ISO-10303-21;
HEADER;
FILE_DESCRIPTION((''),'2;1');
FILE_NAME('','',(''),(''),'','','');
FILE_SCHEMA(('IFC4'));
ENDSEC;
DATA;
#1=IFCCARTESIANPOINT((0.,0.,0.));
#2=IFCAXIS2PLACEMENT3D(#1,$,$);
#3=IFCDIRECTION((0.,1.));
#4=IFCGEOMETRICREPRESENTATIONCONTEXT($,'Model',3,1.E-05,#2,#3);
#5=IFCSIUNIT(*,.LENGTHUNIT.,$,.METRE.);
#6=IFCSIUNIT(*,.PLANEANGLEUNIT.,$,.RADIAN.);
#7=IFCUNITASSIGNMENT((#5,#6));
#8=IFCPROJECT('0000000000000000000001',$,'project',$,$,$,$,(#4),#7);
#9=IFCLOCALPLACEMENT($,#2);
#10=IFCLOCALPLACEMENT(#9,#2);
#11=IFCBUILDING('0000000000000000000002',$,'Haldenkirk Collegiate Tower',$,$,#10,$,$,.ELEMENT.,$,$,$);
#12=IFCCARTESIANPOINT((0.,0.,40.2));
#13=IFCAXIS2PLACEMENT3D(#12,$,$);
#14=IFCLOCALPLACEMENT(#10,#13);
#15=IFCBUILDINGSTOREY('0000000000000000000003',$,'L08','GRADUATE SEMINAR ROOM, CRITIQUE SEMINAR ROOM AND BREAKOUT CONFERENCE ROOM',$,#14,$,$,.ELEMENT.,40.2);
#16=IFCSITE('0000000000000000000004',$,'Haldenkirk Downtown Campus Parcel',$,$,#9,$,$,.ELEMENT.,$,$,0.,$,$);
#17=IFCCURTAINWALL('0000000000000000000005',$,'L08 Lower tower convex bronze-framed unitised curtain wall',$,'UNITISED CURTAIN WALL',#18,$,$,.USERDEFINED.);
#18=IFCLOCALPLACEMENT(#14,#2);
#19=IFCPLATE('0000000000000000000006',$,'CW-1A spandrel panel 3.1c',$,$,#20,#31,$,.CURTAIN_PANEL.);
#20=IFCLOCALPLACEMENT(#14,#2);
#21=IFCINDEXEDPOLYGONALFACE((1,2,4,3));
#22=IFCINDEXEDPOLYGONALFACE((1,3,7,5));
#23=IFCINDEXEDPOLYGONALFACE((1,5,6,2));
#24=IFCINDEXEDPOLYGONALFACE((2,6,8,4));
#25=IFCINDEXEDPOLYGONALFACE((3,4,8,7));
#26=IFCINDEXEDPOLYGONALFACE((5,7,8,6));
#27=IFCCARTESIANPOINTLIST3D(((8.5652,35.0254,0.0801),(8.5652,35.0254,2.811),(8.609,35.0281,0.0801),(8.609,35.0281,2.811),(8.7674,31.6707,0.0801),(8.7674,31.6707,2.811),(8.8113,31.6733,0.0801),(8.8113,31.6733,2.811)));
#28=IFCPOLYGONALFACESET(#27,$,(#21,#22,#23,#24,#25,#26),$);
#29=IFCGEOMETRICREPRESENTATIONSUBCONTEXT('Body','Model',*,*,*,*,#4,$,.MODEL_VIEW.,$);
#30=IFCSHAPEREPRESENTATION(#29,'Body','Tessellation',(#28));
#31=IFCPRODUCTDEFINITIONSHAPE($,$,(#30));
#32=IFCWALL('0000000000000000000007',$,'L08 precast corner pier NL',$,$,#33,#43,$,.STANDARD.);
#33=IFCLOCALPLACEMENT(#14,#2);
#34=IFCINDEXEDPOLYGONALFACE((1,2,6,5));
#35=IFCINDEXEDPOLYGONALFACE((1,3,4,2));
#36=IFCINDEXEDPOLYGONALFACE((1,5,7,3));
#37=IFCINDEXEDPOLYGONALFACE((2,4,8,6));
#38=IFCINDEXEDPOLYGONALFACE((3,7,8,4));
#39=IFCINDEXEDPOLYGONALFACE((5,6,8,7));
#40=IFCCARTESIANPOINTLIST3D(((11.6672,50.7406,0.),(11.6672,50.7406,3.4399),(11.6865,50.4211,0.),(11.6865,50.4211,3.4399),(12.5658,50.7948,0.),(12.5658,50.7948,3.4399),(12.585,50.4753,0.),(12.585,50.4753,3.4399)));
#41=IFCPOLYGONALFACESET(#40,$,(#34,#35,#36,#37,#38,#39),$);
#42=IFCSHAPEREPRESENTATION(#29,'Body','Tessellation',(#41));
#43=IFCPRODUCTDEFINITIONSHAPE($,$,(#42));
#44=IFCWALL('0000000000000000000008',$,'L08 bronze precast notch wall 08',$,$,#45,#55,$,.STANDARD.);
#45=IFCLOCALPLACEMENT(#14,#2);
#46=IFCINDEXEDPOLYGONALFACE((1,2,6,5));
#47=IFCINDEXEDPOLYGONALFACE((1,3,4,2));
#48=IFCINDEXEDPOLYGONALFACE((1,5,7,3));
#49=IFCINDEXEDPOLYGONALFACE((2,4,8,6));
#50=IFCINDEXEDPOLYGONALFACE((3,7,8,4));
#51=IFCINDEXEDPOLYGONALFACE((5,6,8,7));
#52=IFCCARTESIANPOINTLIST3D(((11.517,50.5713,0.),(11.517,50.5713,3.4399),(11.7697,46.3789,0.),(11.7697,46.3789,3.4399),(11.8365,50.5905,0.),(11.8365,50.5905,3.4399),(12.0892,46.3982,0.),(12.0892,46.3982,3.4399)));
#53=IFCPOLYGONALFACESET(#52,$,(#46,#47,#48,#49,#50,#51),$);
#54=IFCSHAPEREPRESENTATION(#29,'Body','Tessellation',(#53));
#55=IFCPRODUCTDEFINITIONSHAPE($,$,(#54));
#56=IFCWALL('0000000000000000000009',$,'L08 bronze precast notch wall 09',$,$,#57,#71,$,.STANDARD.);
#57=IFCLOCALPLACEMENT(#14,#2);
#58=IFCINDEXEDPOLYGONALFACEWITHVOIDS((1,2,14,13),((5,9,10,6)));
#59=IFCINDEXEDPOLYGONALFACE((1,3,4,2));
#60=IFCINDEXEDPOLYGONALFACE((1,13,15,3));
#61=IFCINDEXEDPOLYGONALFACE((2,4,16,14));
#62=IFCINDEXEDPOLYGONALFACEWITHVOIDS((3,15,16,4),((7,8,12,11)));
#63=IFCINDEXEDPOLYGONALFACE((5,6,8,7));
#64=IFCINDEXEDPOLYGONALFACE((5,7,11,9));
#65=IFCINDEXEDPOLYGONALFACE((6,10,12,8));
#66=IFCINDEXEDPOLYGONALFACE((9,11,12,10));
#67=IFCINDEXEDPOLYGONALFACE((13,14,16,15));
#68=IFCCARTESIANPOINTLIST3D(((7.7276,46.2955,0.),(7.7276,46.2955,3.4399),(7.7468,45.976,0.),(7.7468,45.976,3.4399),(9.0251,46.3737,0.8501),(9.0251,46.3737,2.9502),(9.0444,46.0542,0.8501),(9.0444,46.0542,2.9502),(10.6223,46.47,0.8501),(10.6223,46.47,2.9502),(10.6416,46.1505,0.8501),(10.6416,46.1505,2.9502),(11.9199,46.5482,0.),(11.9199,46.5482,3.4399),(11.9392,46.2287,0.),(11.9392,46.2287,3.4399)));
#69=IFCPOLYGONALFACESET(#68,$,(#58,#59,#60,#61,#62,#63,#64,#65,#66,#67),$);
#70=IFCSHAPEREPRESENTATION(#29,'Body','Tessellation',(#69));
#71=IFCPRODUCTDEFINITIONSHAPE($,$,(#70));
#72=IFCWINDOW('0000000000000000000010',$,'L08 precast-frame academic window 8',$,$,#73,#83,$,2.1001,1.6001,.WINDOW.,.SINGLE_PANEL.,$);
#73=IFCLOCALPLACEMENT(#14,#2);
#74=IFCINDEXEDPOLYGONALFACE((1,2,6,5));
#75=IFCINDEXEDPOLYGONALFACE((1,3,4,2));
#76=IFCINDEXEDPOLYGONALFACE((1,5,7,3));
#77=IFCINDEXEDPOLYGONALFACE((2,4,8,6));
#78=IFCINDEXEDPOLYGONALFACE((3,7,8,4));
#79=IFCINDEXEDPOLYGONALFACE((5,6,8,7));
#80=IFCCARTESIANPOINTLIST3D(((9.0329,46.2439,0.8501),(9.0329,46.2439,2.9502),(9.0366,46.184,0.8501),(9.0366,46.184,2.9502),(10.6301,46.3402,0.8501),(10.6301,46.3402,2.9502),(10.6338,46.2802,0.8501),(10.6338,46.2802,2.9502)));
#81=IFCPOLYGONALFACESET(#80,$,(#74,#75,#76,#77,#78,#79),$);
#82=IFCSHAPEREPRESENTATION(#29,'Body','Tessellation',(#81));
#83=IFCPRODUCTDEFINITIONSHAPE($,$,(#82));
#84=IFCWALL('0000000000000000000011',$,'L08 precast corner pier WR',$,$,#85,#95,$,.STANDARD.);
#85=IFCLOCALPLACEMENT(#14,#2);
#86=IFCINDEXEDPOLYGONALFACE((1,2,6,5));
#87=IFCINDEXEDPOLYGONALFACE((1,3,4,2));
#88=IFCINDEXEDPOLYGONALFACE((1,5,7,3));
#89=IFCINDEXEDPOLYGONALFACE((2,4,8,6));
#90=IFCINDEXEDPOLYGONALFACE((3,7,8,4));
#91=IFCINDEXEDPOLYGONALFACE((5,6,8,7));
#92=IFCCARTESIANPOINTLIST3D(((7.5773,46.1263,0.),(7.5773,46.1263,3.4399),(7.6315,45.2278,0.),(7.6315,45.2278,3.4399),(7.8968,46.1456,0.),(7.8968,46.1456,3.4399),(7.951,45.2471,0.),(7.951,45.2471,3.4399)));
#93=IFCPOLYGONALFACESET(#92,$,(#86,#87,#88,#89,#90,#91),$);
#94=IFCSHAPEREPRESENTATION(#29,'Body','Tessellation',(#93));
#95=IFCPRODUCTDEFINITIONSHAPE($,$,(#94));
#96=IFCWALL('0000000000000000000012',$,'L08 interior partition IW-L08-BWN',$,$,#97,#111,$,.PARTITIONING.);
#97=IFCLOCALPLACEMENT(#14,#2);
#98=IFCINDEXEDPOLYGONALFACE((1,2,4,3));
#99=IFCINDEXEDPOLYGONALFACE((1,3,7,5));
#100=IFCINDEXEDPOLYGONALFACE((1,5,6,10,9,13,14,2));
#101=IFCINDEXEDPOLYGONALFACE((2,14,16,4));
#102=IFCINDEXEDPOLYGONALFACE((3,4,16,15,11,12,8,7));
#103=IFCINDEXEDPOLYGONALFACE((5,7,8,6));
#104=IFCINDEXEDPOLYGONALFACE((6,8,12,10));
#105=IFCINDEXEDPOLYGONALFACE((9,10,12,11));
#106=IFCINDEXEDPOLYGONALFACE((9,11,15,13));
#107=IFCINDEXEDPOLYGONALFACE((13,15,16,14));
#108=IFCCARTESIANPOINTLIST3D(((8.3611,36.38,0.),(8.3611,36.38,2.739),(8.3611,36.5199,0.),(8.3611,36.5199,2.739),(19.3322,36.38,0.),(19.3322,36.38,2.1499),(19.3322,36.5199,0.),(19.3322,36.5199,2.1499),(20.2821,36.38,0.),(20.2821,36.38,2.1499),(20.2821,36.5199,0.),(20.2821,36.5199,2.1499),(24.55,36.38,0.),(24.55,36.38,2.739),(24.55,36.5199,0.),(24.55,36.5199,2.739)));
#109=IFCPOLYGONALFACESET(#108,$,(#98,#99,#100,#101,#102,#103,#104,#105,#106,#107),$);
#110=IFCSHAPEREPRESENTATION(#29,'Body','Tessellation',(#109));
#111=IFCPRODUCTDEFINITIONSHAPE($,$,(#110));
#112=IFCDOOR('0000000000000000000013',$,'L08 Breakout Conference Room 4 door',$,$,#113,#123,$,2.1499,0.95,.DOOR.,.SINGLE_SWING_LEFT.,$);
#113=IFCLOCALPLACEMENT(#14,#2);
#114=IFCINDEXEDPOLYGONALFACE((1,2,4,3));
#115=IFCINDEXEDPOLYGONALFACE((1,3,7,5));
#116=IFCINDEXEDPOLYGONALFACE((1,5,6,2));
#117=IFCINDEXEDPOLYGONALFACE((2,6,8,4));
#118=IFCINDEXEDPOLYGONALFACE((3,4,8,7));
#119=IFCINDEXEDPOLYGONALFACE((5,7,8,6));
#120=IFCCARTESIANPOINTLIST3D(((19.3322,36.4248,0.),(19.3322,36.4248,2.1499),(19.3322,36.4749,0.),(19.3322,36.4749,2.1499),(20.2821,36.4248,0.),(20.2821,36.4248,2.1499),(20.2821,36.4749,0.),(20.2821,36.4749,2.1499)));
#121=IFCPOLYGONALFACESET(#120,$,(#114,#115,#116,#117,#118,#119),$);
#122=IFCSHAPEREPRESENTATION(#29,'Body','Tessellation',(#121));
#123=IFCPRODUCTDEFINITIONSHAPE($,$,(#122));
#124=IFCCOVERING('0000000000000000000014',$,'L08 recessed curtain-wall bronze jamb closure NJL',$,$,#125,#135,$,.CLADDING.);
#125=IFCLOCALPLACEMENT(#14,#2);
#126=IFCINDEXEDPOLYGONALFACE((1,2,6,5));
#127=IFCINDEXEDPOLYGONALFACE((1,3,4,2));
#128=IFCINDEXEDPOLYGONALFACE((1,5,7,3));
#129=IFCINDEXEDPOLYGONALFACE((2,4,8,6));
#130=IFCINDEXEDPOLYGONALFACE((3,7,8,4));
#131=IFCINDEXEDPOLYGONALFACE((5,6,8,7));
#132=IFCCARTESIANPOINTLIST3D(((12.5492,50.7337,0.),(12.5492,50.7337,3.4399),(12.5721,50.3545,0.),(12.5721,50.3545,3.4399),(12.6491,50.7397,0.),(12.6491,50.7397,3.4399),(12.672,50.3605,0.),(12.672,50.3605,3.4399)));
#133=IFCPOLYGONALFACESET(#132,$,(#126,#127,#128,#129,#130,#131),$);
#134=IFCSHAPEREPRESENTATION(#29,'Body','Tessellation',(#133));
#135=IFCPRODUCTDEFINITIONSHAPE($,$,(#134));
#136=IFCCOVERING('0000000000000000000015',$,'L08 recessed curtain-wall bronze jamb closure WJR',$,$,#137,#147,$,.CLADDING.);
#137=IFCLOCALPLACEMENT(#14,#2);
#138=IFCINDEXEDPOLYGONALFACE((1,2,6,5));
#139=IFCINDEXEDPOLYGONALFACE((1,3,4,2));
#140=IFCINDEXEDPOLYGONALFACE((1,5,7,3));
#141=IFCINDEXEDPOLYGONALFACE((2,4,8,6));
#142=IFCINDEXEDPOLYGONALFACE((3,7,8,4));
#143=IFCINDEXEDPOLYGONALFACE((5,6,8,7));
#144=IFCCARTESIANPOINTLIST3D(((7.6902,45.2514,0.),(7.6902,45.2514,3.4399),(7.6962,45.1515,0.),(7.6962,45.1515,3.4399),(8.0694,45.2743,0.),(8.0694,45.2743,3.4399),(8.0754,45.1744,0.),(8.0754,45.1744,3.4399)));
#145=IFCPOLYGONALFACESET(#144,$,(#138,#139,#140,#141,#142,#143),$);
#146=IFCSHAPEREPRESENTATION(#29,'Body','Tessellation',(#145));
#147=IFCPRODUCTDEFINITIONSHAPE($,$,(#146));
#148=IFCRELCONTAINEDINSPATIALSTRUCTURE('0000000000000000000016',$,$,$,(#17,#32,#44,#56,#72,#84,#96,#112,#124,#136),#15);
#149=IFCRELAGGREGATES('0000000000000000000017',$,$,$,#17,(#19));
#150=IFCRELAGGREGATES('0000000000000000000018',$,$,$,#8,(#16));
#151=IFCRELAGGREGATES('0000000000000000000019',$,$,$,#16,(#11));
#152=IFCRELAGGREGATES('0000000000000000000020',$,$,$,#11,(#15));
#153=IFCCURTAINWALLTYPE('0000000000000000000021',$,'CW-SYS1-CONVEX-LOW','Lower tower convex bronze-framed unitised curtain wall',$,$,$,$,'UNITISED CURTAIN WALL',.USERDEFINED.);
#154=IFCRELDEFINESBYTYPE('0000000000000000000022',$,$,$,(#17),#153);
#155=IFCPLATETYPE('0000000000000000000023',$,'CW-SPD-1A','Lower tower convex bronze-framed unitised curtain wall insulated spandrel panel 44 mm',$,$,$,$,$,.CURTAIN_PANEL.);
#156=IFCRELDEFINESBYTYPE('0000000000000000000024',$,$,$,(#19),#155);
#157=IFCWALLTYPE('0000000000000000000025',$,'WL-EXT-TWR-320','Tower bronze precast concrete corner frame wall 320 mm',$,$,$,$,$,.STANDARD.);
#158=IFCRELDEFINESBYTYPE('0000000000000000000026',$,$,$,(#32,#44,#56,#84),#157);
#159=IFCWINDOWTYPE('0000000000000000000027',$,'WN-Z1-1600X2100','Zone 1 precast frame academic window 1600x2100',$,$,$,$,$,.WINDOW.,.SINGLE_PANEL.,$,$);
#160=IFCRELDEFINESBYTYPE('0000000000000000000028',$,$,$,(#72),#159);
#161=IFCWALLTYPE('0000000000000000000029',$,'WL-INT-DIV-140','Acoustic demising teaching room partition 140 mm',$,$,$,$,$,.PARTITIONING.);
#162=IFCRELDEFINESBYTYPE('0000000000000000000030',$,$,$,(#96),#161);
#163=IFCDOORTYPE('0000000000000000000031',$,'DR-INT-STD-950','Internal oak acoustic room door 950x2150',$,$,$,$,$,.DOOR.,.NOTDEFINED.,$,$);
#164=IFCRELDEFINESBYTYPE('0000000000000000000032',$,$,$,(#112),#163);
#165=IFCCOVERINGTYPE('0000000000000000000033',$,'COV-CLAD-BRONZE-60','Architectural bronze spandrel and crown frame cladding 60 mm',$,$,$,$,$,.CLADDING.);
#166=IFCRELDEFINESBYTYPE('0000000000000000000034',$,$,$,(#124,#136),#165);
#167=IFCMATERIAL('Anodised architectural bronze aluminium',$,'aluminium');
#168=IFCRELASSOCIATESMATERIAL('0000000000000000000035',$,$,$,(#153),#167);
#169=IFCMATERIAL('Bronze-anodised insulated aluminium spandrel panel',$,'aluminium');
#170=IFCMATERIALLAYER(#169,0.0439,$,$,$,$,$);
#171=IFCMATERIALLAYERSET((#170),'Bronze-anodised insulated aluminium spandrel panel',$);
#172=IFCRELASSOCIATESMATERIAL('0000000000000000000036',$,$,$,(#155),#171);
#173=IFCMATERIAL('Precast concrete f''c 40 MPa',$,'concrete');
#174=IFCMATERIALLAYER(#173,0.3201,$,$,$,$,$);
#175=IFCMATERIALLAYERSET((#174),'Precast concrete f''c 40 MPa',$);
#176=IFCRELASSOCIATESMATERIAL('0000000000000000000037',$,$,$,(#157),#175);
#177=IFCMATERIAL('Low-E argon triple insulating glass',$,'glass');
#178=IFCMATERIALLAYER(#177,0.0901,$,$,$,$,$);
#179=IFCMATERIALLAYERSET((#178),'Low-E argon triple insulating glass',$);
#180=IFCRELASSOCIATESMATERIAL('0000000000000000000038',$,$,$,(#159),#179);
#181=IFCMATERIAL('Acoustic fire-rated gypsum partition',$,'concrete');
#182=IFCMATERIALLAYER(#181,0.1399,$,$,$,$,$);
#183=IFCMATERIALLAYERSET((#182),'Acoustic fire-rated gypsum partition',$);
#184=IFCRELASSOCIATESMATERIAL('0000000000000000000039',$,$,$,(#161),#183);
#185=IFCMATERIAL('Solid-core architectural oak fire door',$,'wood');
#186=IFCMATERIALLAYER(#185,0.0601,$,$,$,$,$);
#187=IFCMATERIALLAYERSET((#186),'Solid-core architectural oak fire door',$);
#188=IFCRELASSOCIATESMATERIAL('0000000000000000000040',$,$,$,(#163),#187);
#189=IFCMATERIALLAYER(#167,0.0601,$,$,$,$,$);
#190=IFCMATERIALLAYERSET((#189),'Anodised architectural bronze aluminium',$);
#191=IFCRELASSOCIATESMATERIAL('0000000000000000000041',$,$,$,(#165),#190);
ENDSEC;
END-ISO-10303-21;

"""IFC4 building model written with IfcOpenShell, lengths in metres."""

from ifc_helpers import new_model, si_unit, direction, frame, frame_2d, origin, origin_2d, place, context, subcontext, project, spatial, rectangle, extrude, source, transform, mapped, material, layer, layer_set, type_object, element, fill, aggregate, save


model = new_model("IFC4")

# Units and contexts
model_context = context("Model", 3, precision=1e-05, world=origin(), true_north=direction((0.0, 1.0)))
body_context = subcontext(model_context, "Body", "Model", "MODEL_VIEW")
ifc_project = project(units=[si_unit("LENGTHUNIT", "METRE"), si_unit("PLANEANGLEUNIT", "RADIAN")], contexts=[model_context])

# Site, building, storey
site_placement = place(None, origin())
site = spatial("IfcSite", under=ifc_project, at=site_placement, Name="Haldenkirk Downtown Campus Parcel", CompositionType="ELEMENT", RefElevation=0.0)
building_placement = place(site_placement, origin())
building = spatial("IfcBuilding", under=site, at=building_placement, Name="Haldenkirk Collegiate Tower", CompositionType="ELEMENT")
storey_placement = place(building_placement, frame((0.0, 0.0, 40.2)))
storey = spatial("IfcBuildingStorey", under=building, at=storey_placement, Name="L08", Description="GRADUATE SEMINAR ROOM, CRITIQUE SEMINAR ROOM AND BREAKOUT CONFERENCE ROOM", CompositionType="ELEMENT", Elevation=40.2)

# Curtain wall, plate
ifc_material_1 = material(Name="Anodised architectural bronze aluminium", Category="aluminium")
curtain_wall_type = type_object("IfcCurtainWallType", Name="CW-SYS1-CONVEX-LOW", Description="Lower tower convex bronze-framed unitised curtain wall", ElementType="UNITISED CURTAIN WALL", PredefinedType="USERDEFINED", material=ifc_material_1)
curtain_wall_placement = place(storey_placement, origin())
curtain_wall = element("IfcCurtainWall", 1, at=curtain_wall_placement, inside=storey, type_object=curtain_wall_type, Name="L08 Lower tower convex bronze-framed unitised curtain wall", ObjectType="UNITISED CURTAIN WALL", PredefinedType="USERDEFINED")
ifc_material_2 = material(Name="Low-E argon triple insulating glass", Category="glass")
ifc_material_3 = material(Name="Bronze-anodised insulated aluminium spandrel panel", Category="aluminium")
ifc_layer_1 = layer(ifc_material_3, 0.0439)
ifc_layer_set_1 = layer_set([ifc_layer_1], Name="Bronze-anodised insulated aluminium spandrel panel")
plate_type_1 = type_object("IfcPlateType", Name="CW-SPD-1A", Description="Lower tower convex bronze-framed unitised curtain wall insulated spandrel panel 44 mm", PredefinedType="CURTAIN_PANEL", material=ifc_layer_set_1)
shared_shape_1 = source(origin(), body_context, "Body", "SweptSolid", [
    extrude(rectangle(XDim=3.3608, YDim=0.0439, at=origin_2d()), origin(), (0.0, 0.0, 1.0), 2.731),
])
plate_1_placement = place(storey_placement, frame((8.6882, 33.3494, 0.0801), z_axis=(0.0, 0.0, 1.0), x_axis=(-0.060174, 0.998188, 0.0)))
plate_1 = element("IfcPlate", 2, at=plate_1_placement, type_object=plate_type_1, Name="CW-1A spandrel panel 3.1c", PredefinedType="CURTAIN_PANEL", context=body_context, shape_type="MappedRepresentation", body=[
    mapped(shared_shape_1, transform((0.0, 0.0, 0.0), x_axis=(1.0, 0.0, 0.0), y_axis=(0.0, 1.0, 0.0), z_axis=(0.0, 0.0, 1.0), scale=1.0)),
])
aggregate(curtain_wall, [plate_1])

# Walls
ifc_material_4 = material(Name="Precast concrete f'c 40 MPa", Category="concrete")
ifc_layer_2 = layer(ifc_material_4, 0.3201)
ifc_layer_set_2 = layer_set([ifc_layer_2], Name="Precast concrete f'c 40 MPa")
wall_type_1 = type_object("IfcWallType", Name="WL-EXT-TWR-320", Description="Tower bronze precast concrete corner frame wall 320 mm", PredefinedType="STANDARD", material=ifc_layer_set_2)
wall_1_placement = place(storey_placement, frame((11.6768, 50.5808, 0.0), z_axis=(0.0, 0.0, 1.0), x_axis=(0.998185, 0.060217, 0.0)))
element("IfcWall", 3, at=wall_1_placement, inside=storey, type_object=wall_type_1, Name="L08 precast corner pier NL", PredefinedType="STANDARD", context=body_context, shape_type="SweptSolid", body=[
    extrude(rectangle(XDim=0.9001, YDim=0.3201, at=frame_2d((0.4502, 0.0))), origin(), (0.0, 0.0, 1.0), 3.4399),
])
wall_2_placement = place(storey_placement, frame((11.9294, 46.3884, 0.0), z_axis=(0.0, 0.0, 1.0), x_axis=(-0.060163, 0.998189, 0.0)))
element("IfcWall", 4, at=wall_2_placement, inside=storey, type_object=wall_type_1, Name="L08 bronze precast notch wall 08", PredefinedType="STANDARD", context=body_context, shape_type="SweptSolid", body=[
    extrude(rectangle(XDim=4.2, YDim=0.3201, at=frame_2d((2.1001, 0.0))), origin(), (0.0, 0.0, 1.0), 3.4399),
])

# Wall, opening, window
wall_3_placement = place(storey_placement, frame((7.7371, 46.1357, 0.0), z_axis=(0.0, 0.0, 1.0), x_axis=(0.998189, 0.060163, 0.0)))
wall_3 = element("IfcWall", 5, at=wall_3_placement, inside=storey, type_object=wall_type_1, Name="L08 bronze precast notch wall 09", PredefinedType="STANDARD", context=body_context, shape_type="SweptSolid", body=[
    extrude(rectangle(XDim=4.2, YDim=0.3201, at=frame_2d((2.1001, 0.0))), origin(), (0.0, 0.0, 1.0), 3.4399),
])
opening_1_placement = place(wall_3_placement, frame((1.3, 0.0, 0.8501)))
opening_1 = element("IfcOpeningElement", 6, at=opening_1_placement, cuts=wall_3, PredefinedType="OPENING", context=body_context, shape_type="SweptSolid", body=[
    extrude(rectangle(XDim=1.6001, YDim=2.1001, at=frame_2d((0.8, 1.05))), frame((0.0, 0.1699, 0.0), z_axis=(0.0, -1.0, 0.0), x_axis=(1.0, 0.0, 0.0)), (0.0, 0.0, 1.0), 0.3401),
])
ifc_layer_3 = layer(ifc_material_2, 0.0901)
ifc_layer_set_3 = layer_set([ifc_layer_3], Name="Low-E argon triple insulating glass")
window_type = type_object("IfcWindowType", Name="WN-Z1-1600X2100", Description="Zone 1 precast frame academic window 1600x2100", PartitioningType="SINGLE_PANEL", PredefinedType="WINDOW", material=ifc_layer_set_3)
window_placement = place(opening_1_placement, origin())
window = element("IfcWindow", 7, at=window_placement, inside=storey, type_object=window_type, Name="L08 precast-frame academic window 8", OverallHeight=2.1001, OverallWidth=1.6001, PartitioningType="SINGLE_PANEL", PredefinedType="WINDOW", context=body_context, shape_type="SweptSolid", body=[
    extrude(rectangle(XDim=1.6001, YDim=2.1001, at=frame_2d((0.8, 1.05))), frame((0.0, 0.03, 0.0), z_axis=(0.0, -1.0, 0.0), x_axis=(1.0, 0.0, 0.0)), (0.0, 0.0, 1.0), 0.0601),
])
fill(opening_1, window)

# Wall
wall_4_placement = place(storey_placement, frame((7.7913, 45.2373, 0.0), z_axis=(0.0, 0.0, 1.0), x_axis=(-0.060217, 0.998185, 0.0)))
element("IfcWall", 8, at=wall_4_placement, inside=storey, type_object=wall_type_1, Name="L08 precast corner pier WR", PredefinedType="STANDARD", context=body_context, shape_type="SweptSolid", body=[
    extrude(rectangle(XDim=0.9001, YDim=0.3201, at=frame_2d((0.4502, 0.0))), origin(), (0.0, 0.0, 1.0), 3.4399),
])

# Wall, opening, door
ifc_material_5 = material(Name="Acoustic fire-rated gypsum partition", Category="concrete")
ifc_layer_4 = layer(ifc_material_5, 0.1399)
ifc_layer_set_4 = layer_set([ifc_layer_4], Name="Acoustic fire-rated gypsum partition")
wall_type_2 = type_object("IfcWallType", Name="WL-INT-DIV-140", Description="Acoustic demising teaching room partition 140 mm", PredefinedType="PARTITIONING", material=ifc_layer_set_4)
wall_5_placement = place(storey_placement, frame((8.3611, 36.45, 0.0), z_axis=(0.0, 0.0, 1.0), x_axis=(1.0, 0.0, 0.0)))
wall_5 = element("IfcWall", 9, at=wall_5_placement, inside=storey, type_object=wall_type_2, Name="L08 interior partition IW-L08-BWN", PredefinedType="PARTITIONING", context=body_context, shape_type="SweptSolid", body=[
    extrude(rectangle(XDim=16.189, YDim=0.1399, at=frame_2d((8.0945, 0.0))), origin(), (0.0, 0.0, 1.0), 2.739),
])
opening_2_placement = place(wall_5_placement, frame((10.9709, 0.0, 0.0)))
opening_2 = element("IfcOpeningElement", 10, at=opening_2_placement, cuts=wall_5, PredefinedType="OPENING", context=body_context, shape_type="SweptSolid", body=[
    extrude(rectangle(XDim=0.95, YDim=2.1499, at=frame_2d((0.4751, 1.075))), frame((0.0, 0.0798, 0.0), z_axis=(0.0, -1.0, 0.0), x_axis=(1.0, 0.0, 0.0)), (0.0, 0.0, 1.0), 0.1599),
])
ifc_material_6 = material(Name="Solid-core architectural oak fire door", Category="wood")
ifc_layer_5 = layer(ifc_material_6, 0.0601)
ifc_layer_set_5 = layer_set([ifc_layer_5], Name="Solid-core architectural oak fire door")
door_type = type_object("IfcDoorType", Name="DR-INT-STD-950", Description="Internal oak acoustic room door 950x2150", OperationType="NOTDEFINED", PredefinedType="DOOR", material=ifc_layer_set_5)
door_placement = place(opening_2_placement, origin())
door = element("IfcDoor", 11, at=door_placement, inside=storey, type_object=door_type, Name="L08 Breakout Conference Room 4 door", OperationType="SINGLE_SWING_LEFT", OverallHeight=2.1499, OverallWidth=0.95, PredefinedType="DOOR", context=body_context, shape_type="SweptSolid", body=[
    extrude(rectangle(XDim=0.95, YDim=2.1499, at=frame_2d((0.4751, 1.075))), frame((0.0, 0.0249, 0.0), z_axis=(0.0, -1.0, 0.0), x_axis=(1.0, 0.0, 0.0)), (0.0, 0.0, 1.0), 0.05),
])
fill(opening_2, door)

# Coverings
ifc_layer_6 = layer(ifc_material_1, 0.0601)
ifc_layer_set_6 = layer_set([ifc_layer_6], Name="Anodised architectural bronze aluminium")
covering_type = type_object("IfcCoveringType", Name="COV-CLAD-BRONZE-60", Description="Architectural bronze spandrel and crown frame cladding 60 mm", PredefinedType="CLADDING", material=ifc_layer_set_6)
shared_shape_2 = source(origin(), body_context, "Body", "SweptSolid", [
    extrude(rectangle(XDim=0.1001, YDim=0.3799, at=origin_2d()), origin(), (0.0, 0.0, 1.0), 3.4399),
])
for number, where, z_axis, x_axis, name in (
    (12, (12.6106, 50.5471, 0.0), (0.0, 0.0, 1.0), (0.998188, 0.060177, 0.0), "L08 recessed curtain-wall bronze jamb closure NJL"),
    (13, (7.8828, 45.2129, 0.0), (0.0, 0.0, 1.0), (-0.060177, 0.998188, 0.0), "L08 recessed curtain-wall bronze jamb closure WJR"),
):
    element("IfcCovering", number, at=place(storey_placement, frame(where, z_axis=z_axis, x_axis=x_axis)), inside=storey, type_object=covering_type, Name=name, PredefinedType="CLADDING", context=body_context, shape_type="MappedRepresentation", body=[
        mapped(shared_shape_2, transform((0.0, 0.0, 0.0), x_axis=(1.0, 0.0, 0.0), y_axis=(0.0, 1.0, 0.0), z_axis=(0.0, 0.0, 1.0), scale=1.0)),
    ])

save(model, "model.ifc")
